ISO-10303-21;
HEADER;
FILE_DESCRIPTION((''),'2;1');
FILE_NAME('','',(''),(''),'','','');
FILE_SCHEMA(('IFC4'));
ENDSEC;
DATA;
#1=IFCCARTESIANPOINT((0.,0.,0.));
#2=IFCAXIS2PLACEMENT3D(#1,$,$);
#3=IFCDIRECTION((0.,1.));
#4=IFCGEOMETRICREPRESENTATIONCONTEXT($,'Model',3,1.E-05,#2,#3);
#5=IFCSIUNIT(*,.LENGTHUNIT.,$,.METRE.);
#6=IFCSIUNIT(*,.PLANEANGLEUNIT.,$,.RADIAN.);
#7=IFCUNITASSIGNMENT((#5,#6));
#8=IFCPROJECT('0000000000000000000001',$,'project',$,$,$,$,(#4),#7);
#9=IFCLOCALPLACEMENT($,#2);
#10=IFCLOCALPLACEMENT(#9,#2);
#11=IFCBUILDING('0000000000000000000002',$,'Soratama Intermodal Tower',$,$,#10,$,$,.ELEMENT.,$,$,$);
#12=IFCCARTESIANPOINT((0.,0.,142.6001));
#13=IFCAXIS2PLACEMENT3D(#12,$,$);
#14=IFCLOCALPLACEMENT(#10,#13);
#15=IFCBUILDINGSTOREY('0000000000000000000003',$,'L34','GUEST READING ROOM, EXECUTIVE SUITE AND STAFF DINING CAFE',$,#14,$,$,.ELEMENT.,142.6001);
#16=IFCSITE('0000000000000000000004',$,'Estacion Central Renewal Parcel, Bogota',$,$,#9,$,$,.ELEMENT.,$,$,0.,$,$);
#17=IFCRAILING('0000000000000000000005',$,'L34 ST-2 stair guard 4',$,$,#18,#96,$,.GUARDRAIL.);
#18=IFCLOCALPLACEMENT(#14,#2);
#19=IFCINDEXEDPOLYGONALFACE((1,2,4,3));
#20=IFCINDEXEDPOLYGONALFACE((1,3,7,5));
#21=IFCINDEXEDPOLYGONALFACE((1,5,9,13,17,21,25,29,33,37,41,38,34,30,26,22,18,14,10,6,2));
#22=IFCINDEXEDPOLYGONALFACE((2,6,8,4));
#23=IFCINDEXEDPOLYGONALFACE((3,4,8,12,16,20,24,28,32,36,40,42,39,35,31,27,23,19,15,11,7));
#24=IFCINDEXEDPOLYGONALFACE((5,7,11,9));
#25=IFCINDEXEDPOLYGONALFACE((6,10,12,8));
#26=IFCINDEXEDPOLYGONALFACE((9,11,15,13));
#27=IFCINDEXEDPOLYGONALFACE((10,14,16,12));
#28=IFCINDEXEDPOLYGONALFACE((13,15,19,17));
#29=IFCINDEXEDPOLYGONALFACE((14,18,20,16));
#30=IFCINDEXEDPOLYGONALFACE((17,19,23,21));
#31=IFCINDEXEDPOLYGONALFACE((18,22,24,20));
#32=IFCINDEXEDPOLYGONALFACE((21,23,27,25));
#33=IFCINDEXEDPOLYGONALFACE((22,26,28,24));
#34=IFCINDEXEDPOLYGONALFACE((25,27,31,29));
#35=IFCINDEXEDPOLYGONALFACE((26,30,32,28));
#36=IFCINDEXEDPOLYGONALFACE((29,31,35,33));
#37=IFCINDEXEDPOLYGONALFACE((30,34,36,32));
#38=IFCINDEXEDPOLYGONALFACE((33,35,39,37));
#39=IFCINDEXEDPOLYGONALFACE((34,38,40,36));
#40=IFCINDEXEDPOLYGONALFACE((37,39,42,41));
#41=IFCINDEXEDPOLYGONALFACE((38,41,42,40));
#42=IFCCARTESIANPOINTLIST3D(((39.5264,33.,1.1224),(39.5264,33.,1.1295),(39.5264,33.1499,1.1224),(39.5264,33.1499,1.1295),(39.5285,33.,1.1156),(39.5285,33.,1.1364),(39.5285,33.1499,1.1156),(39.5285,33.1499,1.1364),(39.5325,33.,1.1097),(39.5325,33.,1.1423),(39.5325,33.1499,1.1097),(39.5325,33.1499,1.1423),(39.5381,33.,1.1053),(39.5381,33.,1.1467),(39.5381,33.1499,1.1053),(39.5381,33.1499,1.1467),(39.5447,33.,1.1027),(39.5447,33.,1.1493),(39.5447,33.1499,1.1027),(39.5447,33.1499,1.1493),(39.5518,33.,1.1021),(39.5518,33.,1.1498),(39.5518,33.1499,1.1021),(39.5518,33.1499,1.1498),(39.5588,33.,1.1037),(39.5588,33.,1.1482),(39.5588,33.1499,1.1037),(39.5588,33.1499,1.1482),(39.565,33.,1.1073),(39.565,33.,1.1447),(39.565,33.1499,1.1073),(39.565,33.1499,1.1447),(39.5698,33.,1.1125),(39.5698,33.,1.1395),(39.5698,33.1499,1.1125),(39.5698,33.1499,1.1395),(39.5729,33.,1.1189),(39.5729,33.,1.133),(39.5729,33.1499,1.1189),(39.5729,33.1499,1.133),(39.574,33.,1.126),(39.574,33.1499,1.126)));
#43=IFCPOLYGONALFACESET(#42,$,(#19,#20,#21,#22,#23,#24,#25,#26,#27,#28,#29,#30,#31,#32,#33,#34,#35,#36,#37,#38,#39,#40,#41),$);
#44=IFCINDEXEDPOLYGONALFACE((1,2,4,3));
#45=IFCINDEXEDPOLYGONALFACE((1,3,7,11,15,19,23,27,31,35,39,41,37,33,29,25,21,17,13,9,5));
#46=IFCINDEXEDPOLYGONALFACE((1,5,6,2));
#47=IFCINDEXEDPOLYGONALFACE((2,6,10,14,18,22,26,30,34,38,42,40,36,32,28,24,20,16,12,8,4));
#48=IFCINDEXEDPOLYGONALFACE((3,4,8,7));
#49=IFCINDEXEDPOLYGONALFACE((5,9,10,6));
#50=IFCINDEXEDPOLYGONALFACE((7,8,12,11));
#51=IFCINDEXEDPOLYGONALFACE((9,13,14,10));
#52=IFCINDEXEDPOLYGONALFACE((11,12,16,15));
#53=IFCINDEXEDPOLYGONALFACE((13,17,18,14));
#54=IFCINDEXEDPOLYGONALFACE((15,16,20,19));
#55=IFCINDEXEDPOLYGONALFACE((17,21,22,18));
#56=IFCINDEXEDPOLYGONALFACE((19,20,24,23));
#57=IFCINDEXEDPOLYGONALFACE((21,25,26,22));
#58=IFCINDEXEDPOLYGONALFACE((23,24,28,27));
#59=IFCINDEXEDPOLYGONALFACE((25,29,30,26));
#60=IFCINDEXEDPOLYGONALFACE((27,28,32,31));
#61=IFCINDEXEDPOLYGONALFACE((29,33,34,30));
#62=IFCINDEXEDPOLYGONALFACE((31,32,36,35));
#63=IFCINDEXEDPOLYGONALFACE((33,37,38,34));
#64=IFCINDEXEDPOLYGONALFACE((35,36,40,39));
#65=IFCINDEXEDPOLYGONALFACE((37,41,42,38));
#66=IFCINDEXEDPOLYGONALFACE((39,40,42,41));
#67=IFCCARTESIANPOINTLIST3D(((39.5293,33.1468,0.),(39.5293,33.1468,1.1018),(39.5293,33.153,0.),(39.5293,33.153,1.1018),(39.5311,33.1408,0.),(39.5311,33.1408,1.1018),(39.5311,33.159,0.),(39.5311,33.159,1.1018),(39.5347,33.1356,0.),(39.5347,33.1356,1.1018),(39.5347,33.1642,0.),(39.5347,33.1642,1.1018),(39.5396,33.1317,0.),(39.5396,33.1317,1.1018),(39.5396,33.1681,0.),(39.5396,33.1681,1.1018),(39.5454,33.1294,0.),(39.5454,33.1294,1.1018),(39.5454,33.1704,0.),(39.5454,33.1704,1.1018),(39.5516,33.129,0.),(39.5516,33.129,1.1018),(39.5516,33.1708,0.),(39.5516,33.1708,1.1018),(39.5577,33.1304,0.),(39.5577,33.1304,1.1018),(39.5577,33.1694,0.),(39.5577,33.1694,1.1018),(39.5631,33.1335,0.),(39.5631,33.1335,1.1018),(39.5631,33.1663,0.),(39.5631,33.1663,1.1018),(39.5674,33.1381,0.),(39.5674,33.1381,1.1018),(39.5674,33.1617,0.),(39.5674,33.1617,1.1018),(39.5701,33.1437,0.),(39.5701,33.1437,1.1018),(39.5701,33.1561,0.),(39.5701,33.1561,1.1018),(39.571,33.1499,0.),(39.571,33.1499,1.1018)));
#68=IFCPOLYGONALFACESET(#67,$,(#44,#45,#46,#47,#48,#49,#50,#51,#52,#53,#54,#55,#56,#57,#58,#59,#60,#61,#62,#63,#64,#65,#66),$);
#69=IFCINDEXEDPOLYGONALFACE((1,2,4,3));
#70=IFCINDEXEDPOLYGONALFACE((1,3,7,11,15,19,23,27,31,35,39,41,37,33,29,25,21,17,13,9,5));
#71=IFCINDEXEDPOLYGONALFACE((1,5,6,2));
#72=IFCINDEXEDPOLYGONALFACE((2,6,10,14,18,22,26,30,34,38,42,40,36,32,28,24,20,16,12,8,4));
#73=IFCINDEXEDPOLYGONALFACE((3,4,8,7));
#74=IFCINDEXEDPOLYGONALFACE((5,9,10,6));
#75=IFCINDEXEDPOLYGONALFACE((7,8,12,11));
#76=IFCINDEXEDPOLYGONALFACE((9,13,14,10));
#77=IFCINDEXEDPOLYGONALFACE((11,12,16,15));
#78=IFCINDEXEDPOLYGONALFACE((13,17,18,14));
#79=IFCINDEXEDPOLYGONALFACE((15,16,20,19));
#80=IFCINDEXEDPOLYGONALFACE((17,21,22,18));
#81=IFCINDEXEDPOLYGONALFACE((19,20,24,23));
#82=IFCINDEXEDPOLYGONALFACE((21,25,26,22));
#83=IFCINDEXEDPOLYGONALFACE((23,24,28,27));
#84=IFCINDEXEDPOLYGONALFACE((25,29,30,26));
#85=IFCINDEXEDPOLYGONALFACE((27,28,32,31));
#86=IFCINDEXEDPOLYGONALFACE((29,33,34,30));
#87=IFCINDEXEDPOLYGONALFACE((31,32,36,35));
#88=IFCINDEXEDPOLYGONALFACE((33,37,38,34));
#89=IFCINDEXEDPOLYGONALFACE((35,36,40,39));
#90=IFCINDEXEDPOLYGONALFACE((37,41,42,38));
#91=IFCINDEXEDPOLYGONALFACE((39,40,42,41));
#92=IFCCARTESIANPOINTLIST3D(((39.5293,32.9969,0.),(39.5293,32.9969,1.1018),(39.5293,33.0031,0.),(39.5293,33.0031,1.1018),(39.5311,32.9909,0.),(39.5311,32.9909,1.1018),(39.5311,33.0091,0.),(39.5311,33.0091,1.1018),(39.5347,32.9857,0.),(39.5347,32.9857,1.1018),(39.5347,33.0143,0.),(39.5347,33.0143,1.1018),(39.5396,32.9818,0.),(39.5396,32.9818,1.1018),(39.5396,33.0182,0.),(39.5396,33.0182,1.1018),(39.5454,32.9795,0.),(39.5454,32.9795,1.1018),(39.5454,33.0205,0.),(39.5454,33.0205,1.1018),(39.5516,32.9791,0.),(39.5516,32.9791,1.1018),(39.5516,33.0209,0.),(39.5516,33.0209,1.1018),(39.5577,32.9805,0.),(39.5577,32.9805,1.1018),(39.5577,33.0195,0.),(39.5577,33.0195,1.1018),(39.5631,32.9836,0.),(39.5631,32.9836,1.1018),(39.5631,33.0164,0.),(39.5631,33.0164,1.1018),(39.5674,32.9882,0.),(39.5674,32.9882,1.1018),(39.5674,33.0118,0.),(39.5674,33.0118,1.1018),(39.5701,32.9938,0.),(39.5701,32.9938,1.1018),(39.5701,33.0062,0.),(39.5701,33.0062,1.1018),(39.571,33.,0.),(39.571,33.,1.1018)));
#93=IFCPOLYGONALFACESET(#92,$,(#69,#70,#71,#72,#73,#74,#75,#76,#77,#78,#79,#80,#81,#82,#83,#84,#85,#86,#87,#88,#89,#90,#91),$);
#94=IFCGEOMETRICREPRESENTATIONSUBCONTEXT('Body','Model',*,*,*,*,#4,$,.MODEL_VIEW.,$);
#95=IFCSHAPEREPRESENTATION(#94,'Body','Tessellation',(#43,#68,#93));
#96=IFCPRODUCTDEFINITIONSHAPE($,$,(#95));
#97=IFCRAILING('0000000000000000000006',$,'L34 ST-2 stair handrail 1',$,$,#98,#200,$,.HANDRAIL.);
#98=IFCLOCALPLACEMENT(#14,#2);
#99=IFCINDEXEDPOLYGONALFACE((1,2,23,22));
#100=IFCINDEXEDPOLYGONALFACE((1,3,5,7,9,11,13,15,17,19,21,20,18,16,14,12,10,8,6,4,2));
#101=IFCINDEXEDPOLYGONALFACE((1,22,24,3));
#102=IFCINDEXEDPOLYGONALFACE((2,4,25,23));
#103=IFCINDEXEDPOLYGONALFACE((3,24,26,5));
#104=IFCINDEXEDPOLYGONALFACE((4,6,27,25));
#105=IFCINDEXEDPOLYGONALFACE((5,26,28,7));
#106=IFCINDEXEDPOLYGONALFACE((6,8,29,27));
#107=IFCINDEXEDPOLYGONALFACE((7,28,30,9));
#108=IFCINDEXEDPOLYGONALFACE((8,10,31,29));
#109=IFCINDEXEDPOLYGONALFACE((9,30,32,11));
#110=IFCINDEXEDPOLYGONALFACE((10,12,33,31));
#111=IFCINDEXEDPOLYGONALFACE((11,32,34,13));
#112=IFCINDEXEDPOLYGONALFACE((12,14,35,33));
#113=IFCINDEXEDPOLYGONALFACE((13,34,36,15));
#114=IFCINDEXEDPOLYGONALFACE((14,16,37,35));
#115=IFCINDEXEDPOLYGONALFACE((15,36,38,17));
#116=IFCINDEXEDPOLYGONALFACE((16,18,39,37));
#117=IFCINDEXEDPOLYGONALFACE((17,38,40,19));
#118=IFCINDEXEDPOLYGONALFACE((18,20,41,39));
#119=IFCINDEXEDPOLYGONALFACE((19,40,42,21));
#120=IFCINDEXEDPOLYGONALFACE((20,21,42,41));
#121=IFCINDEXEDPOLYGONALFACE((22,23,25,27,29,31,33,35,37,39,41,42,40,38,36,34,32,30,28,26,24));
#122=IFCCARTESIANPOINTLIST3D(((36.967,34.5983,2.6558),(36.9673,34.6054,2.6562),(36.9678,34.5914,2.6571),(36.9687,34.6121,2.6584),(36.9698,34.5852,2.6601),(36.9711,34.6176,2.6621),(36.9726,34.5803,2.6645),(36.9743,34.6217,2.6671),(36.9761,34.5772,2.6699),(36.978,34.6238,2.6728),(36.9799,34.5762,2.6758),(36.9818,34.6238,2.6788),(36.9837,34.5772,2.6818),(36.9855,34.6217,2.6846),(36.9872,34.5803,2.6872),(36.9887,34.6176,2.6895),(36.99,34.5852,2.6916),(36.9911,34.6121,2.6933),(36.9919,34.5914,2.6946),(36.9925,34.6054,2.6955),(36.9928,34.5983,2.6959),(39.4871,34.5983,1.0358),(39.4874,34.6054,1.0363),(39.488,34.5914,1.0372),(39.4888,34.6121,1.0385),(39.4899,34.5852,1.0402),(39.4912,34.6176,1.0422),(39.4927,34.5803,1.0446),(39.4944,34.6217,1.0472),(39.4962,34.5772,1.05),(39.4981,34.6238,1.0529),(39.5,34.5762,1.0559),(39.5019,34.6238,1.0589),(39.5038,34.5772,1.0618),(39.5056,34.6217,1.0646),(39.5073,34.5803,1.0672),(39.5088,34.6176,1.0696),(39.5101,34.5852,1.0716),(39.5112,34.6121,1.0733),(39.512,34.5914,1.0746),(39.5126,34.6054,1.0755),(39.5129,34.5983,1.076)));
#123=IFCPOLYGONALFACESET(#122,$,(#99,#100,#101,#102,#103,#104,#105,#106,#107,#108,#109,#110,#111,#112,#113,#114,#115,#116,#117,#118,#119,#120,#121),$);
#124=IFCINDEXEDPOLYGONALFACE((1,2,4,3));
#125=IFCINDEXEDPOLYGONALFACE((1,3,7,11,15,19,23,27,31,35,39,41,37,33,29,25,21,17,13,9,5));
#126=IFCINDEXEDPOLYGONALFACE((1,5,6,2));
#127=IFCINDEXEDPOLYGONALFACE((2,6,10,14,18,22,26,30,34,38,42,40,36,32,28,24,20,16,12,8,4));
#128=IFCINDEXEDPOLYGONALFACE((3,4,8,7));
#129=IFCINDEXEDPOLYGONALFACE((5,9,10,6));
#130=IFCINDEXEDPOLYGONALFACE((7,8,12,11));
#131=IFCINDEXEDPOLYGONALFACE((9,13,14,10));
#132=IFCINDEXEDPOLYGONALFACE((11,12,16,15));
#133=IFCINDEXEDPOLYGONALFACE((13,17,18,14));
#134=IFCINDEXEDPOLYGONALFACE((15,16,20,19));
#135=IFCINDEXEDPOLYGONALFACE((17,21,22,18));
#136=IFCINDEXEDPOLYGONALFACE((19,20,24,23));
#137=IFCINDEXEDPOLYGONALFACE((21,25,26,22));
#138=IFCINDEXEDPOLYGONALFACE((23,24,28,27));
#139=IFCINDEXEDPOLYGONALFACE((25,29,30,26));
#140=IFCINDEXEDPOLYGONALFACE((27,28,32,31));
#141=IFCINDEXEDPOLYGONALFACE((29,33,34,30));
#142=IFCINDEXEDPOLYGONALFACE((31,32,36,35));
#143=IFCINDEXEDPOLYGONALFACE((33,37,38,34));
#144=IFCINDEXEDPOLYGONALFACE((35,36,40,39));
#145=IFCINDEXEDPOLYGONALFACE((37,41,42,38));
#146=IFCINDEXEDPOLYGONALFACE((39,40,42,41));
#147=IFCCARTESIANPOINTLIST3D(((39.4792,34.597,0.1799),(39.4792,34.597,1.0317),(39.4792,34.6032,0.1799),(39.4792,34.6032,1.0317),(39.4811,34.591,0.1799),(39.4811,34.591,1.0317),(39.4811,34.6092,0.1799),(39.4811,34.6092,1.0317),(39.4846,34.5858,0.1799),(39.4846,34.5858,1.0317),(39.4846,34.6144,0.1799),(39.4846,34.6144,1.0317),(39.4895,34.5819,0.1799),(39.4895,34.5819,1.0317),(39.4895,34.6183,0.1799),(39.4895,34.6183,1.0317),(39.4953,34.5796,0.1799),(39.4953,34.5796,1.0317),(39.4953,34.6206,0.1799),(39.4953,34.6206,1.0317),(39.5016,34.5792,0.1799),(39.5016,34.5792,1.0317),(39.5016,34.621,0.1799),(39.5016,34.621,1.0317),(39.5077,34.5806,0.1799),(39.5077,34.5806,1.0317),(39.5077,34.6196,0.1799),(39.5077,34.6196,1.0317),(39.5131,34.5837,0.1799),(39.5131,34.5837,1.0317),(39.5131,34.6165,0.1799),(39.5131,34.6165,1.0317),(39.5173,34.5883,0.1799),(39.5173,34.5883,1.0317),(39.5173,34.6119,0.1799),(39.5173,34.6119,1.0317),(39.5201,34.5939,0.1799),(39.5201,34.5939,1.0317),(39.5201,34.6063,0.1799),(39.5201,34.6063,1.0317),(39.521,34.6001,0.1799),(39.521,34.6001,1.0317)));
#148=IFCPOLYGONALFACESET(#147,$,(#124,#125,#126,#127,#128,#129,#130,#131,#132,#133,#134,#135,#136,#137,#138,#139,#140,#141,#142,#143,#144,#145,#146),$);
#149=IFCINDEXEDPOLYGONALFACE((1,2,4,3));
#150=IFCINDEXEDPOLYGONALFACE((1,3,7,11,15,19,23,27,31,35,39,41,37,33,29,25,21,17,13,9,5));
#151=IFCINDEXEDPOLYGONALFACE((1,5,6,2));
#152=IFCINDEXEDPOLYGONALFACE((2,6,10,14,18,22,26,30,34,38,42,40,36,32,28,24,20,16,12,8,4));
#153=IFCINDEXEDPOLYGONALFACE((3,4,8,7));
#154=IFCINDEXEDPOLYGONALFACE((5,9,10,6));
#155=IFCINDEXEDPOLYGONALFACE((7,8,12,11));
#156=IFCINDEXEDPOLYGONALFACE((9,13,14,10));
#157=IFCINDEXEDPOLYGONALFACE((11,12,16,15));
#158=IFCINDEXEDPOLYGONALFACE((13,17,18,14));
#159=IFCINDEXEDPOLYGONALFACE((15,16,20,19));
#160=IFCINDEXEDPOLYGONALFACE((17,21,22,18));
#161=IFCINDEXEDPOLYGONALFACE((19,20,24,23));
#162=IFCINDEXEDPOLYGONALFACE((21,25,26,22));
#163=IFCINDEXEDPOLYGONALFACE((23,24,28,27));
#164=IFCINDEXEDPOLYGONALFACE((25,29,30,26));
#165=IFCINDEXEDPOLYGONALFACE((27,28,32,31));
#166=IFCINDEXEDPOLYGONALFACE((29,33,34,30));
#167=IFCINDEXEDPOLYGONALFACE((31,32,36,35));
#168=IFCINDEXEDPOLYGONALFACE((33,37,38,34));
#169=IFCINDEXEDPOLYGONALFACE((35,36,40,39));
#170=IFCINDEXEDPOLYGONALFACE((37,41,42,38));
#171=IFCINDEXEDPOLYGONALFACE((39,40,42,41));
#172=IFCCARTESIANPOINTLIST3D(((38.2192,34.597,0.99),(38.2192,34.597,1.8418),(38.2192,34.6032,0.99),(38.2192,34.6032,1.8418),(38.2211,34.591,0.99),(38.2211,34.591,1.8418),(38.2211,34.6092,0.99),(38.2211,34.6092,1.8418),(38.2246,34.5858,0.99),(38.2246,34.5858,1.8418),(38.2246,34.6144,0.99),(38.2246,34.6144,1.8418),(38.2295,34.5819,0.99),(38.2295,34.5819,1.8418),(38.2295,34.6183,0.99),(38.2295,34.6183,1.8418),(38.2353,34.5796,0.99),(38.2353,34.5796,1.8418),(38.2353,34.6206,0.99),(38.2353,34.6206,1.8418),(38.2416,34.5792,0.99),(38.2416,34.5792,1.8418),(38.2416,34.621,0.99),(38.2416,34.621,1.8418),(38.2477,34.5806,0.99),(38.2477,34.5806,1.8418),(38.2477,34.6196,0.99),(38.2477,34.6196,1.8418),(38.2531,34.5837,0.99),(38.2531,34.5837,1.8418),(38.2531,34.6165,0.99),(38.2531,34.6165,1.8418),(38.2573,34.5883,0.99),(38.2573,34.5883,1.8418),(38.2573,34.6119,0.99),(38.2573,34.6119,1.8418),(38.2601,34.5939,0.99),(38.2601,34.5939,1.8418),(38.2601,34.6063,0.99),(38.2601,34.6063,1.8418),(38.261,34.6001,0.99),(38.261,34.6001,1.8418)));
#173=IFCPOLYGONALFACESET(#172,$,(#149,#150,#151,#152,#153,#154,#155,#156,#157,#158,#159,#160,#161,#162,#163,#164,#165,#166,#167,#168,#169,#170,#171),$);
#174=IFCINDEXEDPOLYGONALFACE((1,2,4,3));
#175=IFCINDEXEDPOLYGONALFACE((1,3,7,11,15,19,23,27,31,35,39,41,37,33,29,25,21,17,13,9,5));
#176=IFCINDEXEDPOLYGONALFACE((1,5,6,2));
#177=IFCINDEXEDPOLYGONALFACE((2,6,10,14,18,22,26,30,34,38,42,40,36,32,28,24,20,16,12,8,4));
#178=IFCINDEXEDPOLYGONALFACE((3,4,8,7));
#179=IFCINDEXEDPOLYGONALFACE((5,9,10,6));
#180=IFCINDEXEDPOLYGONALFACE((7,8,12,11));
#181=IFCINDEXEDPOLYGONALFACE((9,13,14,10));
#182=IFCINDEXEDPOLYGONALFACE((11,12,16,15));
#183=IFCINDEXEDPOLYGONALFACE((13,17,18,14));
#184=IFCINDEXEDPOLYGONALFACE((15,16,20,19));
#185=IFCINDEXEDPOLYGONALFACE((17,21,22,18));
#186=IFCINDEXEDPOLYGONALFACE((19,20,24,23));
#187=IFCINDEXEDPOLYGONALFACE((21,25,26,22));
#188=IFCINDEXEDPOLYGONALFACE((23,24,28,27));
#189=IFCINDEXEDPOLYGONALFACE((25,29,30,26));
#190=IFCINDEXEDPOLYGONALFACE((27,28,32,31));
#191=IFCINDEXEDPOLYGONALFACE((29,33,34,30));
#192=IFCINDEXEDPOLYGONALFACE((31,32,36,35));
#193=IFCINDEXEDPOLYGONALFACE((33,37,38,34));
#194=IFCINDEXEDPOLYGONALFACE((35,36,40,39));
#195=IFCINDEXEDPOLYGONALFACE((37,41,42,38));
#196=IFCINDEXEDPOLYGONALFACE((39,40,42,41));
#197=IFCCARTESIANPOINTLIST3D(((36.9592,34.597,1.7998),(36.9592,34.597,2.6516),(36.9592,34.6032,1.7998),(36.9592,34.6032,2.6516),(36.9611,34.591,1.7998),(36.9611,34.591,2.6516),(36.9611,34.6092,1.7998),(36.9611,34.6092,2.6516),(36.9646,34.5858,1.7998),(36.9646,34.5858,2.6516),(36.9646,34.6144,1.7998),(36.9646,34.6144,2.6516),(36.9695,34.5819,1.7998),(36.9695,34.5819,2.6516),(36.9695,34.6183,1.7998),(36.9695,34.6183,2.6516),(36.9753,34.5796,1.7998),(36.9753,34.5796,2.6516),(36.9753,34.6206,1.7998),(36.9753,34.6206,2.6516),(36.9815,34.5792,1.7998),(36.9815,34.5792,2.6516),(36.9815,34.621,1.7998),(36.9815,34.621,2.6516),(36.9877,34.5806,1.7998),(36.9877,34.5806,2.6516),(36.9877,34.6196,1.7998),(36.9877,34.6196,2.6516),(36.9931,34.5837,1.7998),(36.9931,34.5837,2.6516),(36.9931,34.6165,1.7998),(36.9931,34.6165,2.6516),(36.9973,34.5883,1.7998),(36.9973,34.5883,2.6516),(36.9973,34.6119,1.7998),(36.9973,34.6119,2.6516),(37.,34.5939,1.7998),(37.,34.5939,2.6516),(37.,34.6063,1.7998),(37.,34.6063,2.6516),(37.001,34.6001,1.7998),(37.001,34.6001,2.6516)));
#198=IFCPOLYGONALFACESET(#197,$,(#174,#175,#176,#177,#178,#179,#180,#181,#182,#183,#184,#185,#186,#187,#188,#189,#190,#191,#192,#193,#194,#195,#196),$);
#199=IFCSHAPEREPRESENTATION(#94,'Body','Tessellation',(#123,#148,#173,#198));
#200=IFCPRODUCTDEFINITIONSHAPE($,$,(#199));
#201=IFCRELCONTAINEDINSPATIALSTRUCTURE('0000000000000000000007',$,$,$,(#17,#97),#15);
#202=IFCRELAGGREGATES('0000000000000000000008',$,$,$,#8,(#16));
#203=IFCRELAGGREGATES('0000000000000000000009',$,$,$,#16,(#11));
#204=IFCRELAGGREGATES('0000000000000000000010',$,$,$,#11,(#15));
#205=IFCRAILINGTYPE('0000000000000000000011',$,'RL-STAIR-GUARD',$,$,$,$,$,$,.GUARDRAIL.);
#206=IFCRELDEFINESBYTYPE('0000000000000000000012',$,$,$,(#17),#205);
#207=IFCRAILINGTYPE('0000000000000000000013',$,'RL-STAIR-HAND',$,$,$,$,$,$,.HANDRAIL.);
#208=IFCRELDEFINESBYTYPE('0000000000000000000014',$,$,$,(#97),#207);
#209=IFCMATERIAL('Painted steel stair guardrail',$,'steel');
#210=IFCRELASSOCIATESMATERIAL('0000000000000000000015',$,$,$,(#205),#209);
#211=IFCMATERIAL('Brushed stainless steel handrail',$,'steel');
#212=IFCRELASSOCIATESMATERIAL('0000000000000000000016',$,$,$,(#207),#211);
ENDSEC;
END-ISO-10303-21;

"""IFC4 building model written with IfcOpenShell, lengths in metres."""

from ifc_helpers import new_model, si_unit, direction, frame, origin, origin_2d, place, context, subcontext, project, spatial, circle, extrude, material, type_object, element, save


model = new_model("IFC4")

# Units and contexts
model_context = context("Model", 3, precision=1e-05, world=origin(), true_north=direction((0.0, 1.0)))
body_context = subcontext(model_context, "Body", "Model", "MODEL_VIEW")
ifc_project = project(units=[si_unit("LENGTHUNIT", "METRE"), si_unit("PLANEANGLEUNIT", "RADIAN")], contexts=[model_context])

# Site, building, storey
site_placement = place(None, origin())
site = spatial("IfcSite", under=ifc_project, at=site_placement, Name="Estacion Central Renewal Parcel, Bogota", CompositionType="ELEMENT", RefElevation=0.0)
building_placement = place(site_placement, origin())
building = spatial("IfcBuilding", under=site, at=building_placement, Name="Soratama Intermodal Tower", CompositionType="ELEMENT")
storey_placement = place(building_placement, frame((0.0, 0.0, 142.6001)))
storey = spatial("IfcBuildingStorey", under=building, at=storey_placement, Name="L34", Description="GUEST READING ROOM, EXECUTIVE SUITE AND STAFF DINING CAFE", CompositionType="ELEMENT", Elevation=142.6001)

# Railings
ifc_material_1 = material(Name="Painted steel stair guardrail", Category="steel")
railing_type_1 = type_object("IfcRailingType", Name="RL-STAIR-GUARD", PredefinedType="GUARDRAIL", material=ifc_material_1)
railing_1_placement = place(storey_placement, frame((39.55, 33.1499, 0.0)))
element("IfcRailing", 1, at=railing_1_placement, inside=storey, type_object=railing_type_1, Name="L34 ST-2 stair guard 4", PredefinedType="GUARDRAIL", context=body_context, shape_type="SweptSolid", body=[
    extrude(circle(Radius=0.0239, at=origin_2d()), frame((0.0, 0.0, 1.126), z_axis=(0.0, -1.0, 0.0), x_axis=(1.0, 0.0, 0.0)), (0.0, 0.0, 1.0), 0.1499),
    extrude(circle(Radius=0.021, at=origin_2d()), origin(), (0.0, 0.0, 1.0), 1.1018),
    extrude(circle(Radius=0.021, at=origin_2d()), frame((0.0, -0.1499, 0.0)), (0.0, 0.0, 1.0), 1.1018),
])
ifc_material_2 = material(Name="Brushed stainless steel handrail", Category="steel")
railing_type_2 = type_object("IfcRailingType", Name="RL-STAIR-HAND", PredefinedType="HANDRAIL", material=ifc_material_2)
railing_2_placement = place(storey_placement, frame((39.5, 34.6001, 0.1799)))
element("IfcRailing", 2, at=railing_2_placement, inside=storey, type_object=railing_type_2, Name="L34 ST-2 stair handrail 1", PredefinedType="HANDRAIL", context=body_context, shape_type="SweptSolid", body=[
    extrude(circle(Radius=0.0239, at=origin_2d()), frame((0.0, 0.0, 0.876), z_axis=(-0.8412, 0.0, 0.540725), x_axis=(0.0, -1.0, 0.0)), (0.0, 0.0, 1.0), 2.9958),
    extrude(circle(Radius=0.021, at=origin_2d()), origin(), (0.0, 0.0, 1.0), 0.8518),
    extrude(circle(Radius=0.021, at=origin_2d()), frame((-1.26, 0.0, 0.8101)), (0.0, 0.0, 1.0), 0.8518),
    extrude(circle(Radius=0.021, at=origin_2d()), frame((-2.52, 0.0, 1.6199)), (0.0, 0.0, 1.0), 0.8518),
])

save(model, "model.ifc")
